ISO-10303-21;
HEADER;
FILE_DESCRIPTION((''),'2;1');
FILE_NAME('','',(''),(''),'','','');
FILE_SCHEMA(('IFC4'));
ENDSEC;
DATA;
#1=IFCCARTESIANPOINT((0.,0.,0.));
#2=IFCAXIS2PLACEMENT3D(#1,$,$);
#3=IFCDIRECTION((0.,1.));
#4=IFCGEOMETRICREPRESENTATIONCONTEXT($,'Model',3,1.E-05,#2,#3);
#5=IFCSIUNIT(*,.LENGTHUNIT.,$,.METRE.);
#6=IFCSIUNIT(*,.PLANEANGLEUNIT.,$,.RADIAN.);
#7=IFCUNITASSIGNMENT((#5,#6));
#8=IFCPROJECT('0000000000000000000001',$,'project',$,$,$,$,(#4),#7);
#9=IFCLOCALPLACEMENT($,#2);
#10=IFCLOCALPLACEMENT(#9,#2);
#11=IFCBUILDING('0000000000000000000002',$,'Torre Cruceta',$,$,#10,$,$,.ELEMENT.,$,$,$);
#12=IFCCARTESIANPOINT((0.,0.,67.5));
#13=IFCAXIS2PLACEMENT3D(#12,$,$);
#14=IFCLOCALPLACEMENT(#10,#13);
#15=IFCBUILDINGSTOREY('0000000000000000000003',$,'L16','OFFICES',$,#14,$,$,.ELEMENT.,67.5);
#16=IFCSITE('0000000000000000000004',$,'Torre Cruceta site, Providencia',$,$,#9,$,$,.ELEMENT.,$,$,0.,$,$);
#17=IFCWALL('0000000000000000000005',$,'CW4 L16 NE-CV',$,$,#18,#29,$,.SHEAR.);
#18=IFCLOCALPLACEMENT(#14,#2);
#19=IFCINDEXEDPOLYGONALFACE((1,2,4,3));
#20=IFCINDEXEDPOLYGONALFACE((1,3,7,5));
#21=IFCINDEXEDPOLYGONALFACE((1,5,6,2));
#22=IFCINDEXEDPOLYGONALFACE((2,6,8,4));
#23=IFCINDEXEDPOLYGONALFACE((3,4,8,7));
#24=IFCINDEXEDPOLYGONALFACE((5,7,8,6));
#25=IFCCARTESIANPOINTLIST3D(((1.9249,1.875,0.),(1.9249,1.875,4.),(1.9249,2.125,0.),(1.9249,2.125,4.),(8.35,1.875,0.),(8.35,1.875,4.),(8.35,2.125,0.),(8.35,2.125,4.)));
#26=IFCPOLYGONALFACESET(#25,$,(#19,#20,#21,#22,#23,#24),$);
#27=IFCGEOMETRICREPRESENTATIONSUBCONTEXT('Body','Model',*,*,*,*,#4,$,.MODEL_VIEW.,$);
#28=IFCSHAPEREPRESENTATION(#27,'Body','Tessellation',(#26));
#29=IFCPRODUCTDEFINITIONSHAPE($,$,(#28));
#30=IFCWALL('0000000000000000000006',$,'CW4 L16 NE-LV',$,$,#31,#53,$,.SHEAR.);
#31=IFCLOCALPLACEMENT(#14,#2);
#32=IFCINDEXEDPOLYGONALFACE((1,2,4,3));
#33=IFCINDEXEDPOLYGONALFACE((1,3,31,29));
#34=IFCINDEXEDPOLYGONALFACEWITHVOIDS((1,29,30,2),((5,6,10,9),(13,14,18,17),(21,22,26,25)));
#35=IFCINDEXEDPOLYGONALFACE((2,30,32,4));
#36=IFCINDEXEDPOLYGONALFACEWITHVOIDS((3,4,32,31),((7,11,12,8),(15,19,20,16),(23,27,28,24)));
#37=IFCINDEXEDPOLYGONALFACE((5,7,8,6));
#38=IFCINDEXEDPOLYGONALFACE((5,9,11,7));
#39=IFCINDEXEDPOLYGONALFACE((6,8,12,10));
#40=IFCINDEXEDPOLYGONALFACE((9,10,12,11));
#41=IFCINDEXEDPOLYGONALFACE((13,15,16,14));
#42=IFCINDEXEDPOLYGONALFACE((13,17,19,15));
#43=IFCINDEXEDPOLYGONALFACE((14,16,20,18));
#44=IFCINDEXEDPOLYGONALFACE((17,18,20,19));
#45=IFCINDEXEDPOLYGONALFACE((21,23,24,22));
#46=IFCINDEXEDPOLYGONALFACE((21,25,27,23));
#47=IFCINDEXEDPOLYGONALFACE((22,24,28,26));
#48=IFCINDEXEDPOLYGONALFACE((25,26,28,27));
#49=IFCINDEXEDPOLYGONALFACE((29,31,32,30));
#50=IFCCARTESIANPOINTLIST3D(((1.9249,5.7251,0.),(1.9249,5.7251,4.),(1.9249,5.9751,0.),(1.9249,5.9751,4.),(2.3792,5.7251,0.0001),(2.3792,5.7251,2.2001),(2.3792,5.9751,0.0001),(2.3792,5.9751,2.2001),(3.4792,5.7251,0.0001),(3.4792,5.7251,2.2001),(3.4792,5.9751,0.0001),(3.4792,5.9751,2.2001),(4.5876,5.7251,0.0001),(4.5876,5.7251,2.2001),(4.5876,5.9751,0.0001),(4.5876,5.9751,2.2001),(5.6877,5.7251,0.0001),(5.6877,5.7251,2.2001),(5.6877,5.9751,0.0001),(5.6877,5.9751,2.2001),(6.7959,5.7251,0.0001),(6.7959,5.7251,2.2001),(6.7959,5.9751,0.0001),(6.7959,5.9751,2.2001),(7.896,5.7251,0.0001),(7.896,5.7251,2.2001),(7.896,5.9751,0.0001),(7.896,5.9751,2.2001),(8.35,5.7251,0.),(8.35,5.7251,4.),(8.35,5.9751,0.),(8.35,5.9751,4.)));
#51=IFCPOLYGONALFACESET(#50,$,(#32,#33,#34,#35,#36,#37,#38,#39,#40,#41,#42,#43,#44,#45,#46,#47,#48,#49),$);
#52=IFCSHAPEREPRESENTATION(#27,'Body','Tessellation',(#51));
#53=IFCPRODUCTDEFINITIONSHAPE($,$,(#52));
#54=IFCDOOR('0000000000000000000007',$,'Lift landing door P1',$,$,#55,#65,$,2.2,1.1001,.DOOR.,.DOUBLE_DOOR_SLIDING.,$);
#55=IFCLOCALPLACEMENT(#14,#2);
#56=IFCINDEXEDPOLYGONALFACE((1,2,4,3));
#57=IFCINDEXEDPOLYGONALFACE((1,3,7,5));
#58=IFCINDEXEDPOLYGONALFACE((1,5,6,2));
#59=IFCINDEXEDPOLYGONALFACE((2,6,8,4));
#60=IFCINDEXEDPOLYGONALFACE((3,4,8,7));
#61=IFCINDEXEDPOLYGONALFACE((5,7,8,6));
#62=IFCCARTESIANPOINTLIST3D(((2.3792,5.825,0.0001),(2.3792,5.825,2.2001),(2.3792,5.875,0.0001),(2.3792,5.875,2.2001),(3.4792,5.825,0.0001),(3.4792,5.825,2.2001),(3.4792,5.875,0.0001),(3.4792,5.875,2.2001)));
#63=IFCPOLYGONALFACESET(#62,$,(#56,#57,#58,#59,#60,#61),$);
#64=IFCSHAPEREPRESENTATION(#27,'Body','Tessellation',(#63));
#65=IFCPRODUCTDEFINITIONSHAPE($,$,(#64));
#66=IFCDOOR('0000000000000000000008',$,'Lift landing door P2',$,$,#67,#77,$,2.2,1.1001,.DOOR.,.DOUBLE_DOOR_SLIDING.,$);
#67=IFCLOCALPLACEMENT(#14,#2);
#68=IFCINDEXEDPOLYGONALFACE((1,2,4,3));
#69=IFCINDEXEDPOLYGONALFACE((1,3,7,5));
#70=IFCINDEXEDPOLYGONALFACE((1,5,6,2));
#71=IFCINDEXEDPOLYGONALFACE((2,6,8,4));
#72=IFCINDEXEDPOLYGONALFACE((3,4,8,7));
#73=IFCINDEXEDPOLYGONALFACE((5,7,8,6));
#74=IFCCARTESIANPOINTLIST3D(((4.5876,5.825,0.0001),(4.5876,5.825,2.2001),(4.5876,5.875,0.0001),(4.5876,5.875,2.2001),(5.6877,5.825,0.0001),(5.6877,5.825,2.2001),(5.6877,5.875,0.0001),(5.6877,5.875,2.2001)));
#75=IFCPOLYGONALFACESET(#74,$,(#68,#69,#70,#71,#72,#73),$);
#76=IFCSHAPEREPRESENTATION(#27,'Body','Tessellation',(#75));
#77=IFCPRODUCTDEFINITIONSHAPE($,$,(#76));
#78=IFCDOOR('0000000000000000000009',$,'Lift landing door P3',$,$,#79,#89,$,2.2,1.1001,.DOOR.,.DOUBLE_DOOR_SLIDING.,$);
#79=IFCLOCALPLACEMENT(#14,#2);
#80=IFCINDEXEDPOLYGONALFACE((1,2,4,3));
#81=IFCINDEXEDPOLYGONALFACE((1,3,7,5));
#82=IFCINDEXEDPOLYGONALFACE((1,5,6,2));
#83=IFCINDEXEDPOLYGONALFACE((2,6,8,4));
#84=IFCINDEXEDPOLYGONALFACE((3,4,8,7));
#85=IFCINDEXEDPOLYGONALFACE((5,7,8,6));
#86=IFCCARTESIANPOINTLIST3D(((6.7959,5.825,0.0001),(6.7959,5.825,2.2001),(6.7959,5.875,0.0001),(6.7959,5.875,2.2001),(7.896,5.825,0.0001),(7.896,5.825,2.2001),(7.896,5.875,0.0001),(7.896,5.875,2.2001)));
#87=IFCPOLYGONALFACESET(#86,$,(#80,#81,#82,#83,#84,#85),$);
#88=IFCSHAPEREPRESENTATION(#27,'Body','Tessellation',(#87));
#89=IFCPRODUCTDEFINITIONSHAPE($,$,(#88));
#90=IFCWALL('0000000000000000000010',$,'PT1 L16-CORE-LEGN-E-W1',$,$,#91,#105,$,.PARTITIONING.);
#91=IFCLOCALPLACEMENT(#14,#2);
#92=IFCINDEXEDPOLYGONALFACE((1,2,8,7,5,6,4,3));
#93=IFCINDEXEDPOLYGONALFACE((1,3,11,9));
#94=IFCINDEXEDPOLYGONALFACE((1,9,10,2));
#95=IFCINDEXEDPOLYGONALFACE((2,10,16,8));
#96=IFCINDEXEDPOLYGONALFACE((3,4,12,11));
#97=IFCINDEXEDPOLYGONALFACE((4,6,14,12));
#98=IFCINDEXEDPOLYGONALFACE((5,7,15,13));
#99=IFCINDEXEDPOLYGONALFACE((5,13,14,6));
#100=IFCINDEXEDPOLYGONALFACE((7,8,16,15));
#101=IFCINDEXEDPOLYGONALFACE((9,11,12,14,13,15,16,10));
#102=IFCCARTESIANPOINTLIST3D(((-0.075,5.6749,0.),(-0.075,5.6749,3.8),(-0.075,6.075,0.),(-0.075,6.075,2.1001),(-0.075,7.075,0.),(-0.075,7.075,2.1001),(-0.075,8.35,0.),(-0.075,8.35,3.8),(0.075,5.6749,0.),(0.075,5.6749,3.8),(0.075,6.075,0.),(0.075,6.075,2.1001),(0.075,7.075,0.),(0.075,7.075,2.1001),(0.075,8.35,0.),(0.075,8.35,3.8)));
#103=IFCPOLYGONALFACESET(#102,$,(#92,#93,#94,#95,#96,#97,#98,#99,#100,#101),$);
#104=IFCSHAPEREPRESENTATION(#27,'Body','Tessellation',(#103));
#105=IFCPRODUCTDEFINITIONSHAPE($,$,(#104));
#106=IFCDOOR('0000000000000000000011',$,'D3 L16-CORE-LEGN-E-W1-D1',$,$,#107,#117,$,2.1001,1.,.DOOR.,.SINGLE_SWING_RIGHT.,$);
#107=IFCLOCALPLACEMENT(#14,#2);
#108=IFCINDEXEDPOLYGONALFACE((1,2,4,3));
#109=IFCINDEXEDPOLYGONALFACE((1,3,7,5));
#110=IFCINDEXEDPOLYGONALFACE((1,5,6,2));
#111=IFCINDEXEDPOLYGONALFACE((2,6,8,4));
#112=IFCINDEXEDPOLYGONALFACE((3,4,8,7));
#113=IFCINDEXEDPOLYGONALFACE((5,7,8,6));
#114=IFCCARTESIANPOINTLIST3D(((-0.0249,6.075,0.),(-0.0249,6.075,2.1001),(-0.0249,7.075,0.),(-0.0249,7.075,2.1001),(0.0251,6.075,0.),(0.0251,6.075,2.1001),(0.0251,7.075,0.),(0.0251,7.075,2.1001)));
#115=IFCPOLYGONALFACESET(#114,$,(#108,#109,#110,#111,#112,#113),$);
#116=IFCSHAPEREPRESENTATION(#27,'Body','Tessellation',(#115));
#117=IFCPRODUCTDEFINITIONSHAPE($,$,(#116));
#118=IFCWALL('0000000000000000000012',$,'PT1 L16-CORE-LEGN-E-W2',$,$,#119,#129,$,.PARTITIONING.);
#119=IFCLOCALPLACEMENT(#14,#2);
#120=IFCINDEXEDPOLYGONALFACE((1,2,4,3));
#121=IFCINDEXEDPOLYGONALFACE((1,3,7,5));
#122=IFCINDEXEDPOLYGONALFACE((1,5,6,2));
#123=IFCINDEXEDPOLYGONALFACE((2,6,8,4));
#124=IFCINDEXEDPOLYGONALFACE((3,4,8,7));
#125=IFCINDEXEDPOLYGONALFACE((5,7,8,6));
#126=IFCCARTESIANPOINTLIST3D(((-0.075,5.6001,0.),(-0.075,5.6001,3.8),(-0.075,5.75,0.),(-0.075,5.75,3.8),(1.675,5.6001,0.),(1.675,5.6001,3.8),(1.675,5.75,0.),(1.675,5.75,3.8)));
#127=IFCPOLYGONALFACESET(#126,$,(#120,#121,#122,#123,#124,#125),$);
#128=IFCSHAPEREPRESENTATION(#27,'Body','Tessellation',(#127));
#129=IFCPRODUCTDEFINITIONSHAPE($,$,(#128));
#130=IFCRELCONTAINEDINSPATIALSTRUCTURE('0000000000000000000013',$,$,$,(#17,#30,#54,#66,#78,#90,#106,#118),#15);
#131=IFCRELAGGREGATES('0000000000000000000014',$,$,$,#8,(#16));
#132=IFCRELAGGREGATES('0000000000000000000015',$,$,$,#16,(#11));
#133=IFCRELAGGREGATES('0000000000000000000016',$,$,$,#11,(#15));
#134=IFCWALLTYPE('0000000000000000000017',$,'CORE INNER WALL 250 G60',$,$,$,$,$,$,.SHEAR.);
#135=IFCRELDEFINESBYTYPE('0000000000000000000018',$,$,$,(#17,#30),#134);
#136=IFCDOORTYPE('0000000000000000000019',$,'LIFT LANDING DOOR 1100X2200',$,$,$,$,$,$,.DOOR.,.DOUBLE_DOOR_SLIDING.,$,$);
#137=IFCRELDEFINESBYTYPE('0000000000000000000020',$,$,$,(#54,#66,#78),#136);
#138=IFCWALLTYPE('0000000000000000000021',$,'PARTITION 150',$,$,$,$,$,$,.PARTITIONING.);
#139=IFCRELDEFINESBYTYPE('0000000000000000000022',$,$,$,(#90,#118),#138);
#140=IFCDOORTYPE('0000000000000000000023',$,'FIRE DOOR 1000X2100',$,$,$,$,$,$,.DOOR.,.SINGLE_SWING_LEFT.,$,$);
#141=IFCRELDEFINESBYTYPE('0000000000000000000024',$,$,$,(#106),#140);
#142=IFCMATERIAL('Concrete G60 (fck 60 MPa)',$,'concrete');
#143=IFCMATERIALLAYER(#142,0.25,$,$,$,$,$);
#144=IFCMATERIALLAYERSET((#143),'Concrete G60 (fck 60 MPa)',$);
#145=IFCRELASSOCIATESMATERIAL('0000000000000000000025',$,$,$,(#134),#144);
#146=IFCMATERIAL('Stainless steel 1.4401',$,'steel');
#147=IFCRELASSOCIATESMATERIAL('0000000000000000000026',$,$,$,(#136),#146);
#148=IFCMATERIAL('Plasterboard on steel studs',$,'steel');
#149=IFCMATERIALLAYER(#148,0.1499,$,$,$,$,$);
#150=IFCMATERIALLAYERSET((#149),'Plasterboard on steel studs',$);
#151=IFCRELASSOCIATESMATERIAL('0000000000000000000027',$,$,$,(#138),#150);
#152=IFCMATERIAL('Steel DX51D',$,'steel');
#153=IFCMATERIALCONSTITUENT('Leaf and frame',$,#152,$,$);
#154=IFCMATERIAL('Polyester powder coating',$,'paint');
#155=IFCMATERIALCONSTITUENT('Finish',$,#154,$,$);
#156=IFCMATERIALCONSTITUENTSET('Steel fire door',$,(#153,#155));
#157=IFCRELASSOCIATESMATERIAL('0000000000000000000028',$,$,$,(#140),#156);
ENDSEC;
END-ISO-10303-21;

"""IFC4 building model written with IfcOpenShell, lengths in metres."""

from ifc_helpers import new_model, si_unit, direction, frame, frame_2d, origin, place, context, subcontext, project, spatial, rectangle, extrude, material, layer, layer_set, constituent, constituent_set, type_object, element, fill, save


model = new_model("IFC4")

# Units and contexts
model_context = context("Model", 3, precision=1e-05, world=origin(), true_north=direction((0.0, 1.0)))
body_context = subcontext(model_context, "Body", "Model", "MODEL_VIEW")
ifc_project = project(units=[si_unit("LENGTHUNIT", "METRE"), si_unit("PLANEANGLEUNIT", "RADIAN")], contexts=[model_context])

# Site, building, storey
site_placement = place(None, origin())
site = spatial("IfcSite", under=ifc_project, at=site_placement, Name="Torre Cruceta site, Providencia", CompositionType="ELEMENT", RefElevation=0.0)
building_placement = place(site_placement, origin())
building = spatial("IfcBuilding", under=site, at=building_placement, Name="Torre Cruceta", CompositionType="ELEMENT")
storey_placement = place(building_placement, frame((0.0, 0.0, 67.5)))
storey = spatial("IfcBuildingStorey", under=building, at=storey_placement, Name="L16", Description="OFFICES", CompositionType="ELEMENT", Elevation=67.5)

# Shared definitions
ifc_material_1 = material(Name="Concrete G60 (fck 60 MPa)", Category="concrete")
ifc_layer_1 = layer(ifc_material_1, 0.25)
ifc_layer_set_1 = layer_set([ifc_layer_1], Name="Concrete G60 (fck 60 MPa)")
wall_type_1 = type_object("IfcWallType", Name="CORE INNER WALL 250 G60", PredefinedType="SHEAR", material=ifc_layer_set_1)

# Wall
wall_1_placement = place(storey_placement, frame((1.925, 2.0, 0.0), z_axis=(0.0, 0.0, 1.0), x_axis=(1.0, 0.0, 0.0)))
element("IfcWall", 1, at=wall_1_placement, inside=storey, type_object=wall_type_1, Name="CW4 L16 NE-CV", PredefinedType="SHEAR", context=body_context, shape_type="SweptSolid", body=[
    extrude(rectangle(XDim=6.425, YDim=0.25, at=frame_2d((3.2124, 0.0))), origin(), (0.0, 0.0, 1.0), 4.0),
])

# Wall, openings, doors
wall_2_placement = place(storey_placement, frame((1.925, 5.8501, 0.0), z_axis=(0.0, 0.0, 1.0), x_axis=(1.0, 0.0, 0.0)))
wall_2 = element("IfcWall", 2, at=wall_2_placement, inside=storey, type_object=wall_type_1, Name="CW4 L16 NE-LV", PredefinedType="SHEAR", context=body_context, shape_type="SweptSolid", body=[
    extrude(rectangle(XDim=6.425, YDim=0.25, at=frame_2d((3.2124, 0.0))), origin(), (0.0, 0.0, 1.0), 4.0),
])
opening_1_placement = place(wall_2_placement, frame((0.4541, 0.0, 0.0)))
opening_1 = element("IfcOpeningElement", 3, at=opening_1_placement, cuts=wall_2, PredefinedType="OPENING", context=body_context, shape_type="SweptSolid", body=[
    extrude(rectangle(XDim=1.1001, YDim=2.2, at=frame_2d((0.55, 1.1001))), frame((0.0, 0.135, 0.0), z_axis=(0.0, -1.0, 0.0), x_axis=(1.0, 0.0, 0.0)), (0.0, 0.0, 1.0), 0.27),
])
opening_2_placement = place(wall_2_placement, frame((2.6626, 0.0, 0.0)))
opening_2 = element("IfcOpeningElement", 4, at=opening_2_placement, cuts=wall_2, PredefinedType="OPENING", context=body_context, shape_type="SweptSolid", body=[
    extrude(rectangle(XDim=1.1001, YDim=2.2, at=frame_2d((0.55, 1.1001))), frame((0.0, 0.135, 0.0), z_axis=(0.0, -1.0, 0.0), x_axis=(1.0, 0.0, 0.0)), (0.0, 0.0, 1.0), 0.27),
])
opening_3_placement = place(wall_2_placement, frame((4.8708, 0.0, 0.0)))
opening_3 = element("IfcOpeningElement", 5, at=opening_3_placement, cuts=wall_2, PredefinedType="OPENING", context=body_context, shape_type="SweptSolid", body=[
    extrude(rectangle(XDim=1.1001, YDim=2.2, at=frame_2d((0.55, 1.1001))), frame((0.0, 0.135, 0.0), z_axis=(0.0, -1.0, 0.0), x_axis=(1.0, 0.0, 0.0)), (0.0, 0.0, 1.0), 0.27),
])
ifc_material_2 = material(Name="Stainless steel 1.4401", Category="steel")
door_type_1 = type_object("IfcDoorType", Name="LIFT LANDING DOOR 1100X2200", OperationType="DOUBLE_DOOR_SLIDING", PredefinedType="DOOR", material=ifc_material_2)
door_1_placement = place(opening_1_placement, origin())
door_1 = element("IfcDoor", 6, at=door_1_placement, inside=storey, type_object=door_type_1, Name="Lift landing door P1", OperationType="DOUBLE_DOOR_SLIDING", OverallHeight=2.2, OverallWidth=1.1001, PredefinedType="DOOR", context=body_context, shape_type="SweptSolid", body=[
    extrude(rectangle(XDim=1.1001, YDim=2.2, at=frame_2d((0.55, 1.1001))), frame((0.0, 0.0249, 0.0), z_axis=(0.0, -1.0, 0.0), x_axis=(1.0, 0.0, 0.0)), (0.0, 0.0, 1.0), 0.05),
])
fill(opening_1, door_1)
door_2_placement = place(opening_2_placement, origin())
door_2 = element("IfcDoor", 7, at=door_2_placement, inside=storey, type_object=door_type_1, Name="Lift landing door P2", OperationType="DOUBLE_DOOR_SLIDING", OverallHeight=2.2, OverallWidth=1.1001, PredefinedType="DOOR", context=body_context, shape_type="SweptSolid", body=[
    extrude(rectangle(XDim=1.1001, YDim=2.2, at=frame_2d((0.55, 1.1001))), frame((0.0, 0.0249, 0.0), z_axis=(0.0, -1.0, 0.0), x_axis=(1.0, 0.0, 0.0)), (0.0, 0.0, 1.0), 0.05),
])
fill(opening_2, door_2)
door_3_placement = place(opening_3_placement, origin())
door_3 = element("IfcDoor", 8, at=door_3_placement, inside=storey, type_object=door_type_1, Name="Lift landing door P3", OperationType="DOUBLE_DOOR_SLIDING", OverallHeight=2.2, OverallWidth=1.1001, PredefinedType="DOOR", context=body_context, shape_type="SweptSolid", body=[
    extrude(rectangle(XDim=1.1001, YDim=2.2, at=frame_2d((0.55, 1.1001))), frame((0.0, 0.0249, 0.0), z_axis=(0.0, -1.0, 0.0), x_axis=(1.0, 0.0, 0.0)), (0.0, 0.0, 1.0), 0.05),
])
fill(opening_3, door_3)

# Wall, opening, door
ifc_material_3 = material(Name="Plasterboard on steel studs", Category="steel")
ifc_layer_2 = layer(ifc_material_3, 0.1499)
ifc_layer_set_2 = layer_set([ifc_layer_2], Name="Plasterboard on steel studs")
wall_type_2 = type_object("IfcWallType", Name="PARTITION 150", PredefinedType="PARTITIONING", material=ifc_layer_set_2)
wall_3_placement = place(storey_placement, frame((0.0, 5.675, 0.0), z_axis=(0.0, 0.0, 1.0), x_axis=(0.0, 1.0, 0.0)))
wall_3 = element("IfcWall", 9, at=wall_3_placement, inside=storey, type_object=wall_type_2, Name="PT1 L16-CORE-LEGN-E-W1", PredefinedType="PARTITIONING", context=body_context, shape_type="SweptSolid", body=[
    extrude(rectangle(XDim=2.675, YDim=0.1499, at=frame_2d((1.3374, 0.0))), origin(), (0.0, 0.0, 1.0), 3.8),
])
opening_4_placement = place(wall_3_placement, frame((0.3999, 0.0, 0.0)))
opening_4 = element("IfcOpeningElement", 10, at=opening_4_placement, cuts=wall_3, PredefinedType="OPENING", context=body_context, shape_type="SweptSolid", body=[
    extrude(rectangle(XDim=1.0, YDim=2.1001, at=frame_2d((0.5, 1.05))), frame((0.0, 0.085, 0.0), z_axis=(0.0, -1.0, 0.0), x_axis=(1.0, 0.0, 0.0)), (0.0, 0.0, 1.0), 0.1699),
])
ifc_material_4 = material(Name="Steel DX51D", Category="steel")
ifc_constituent_1 = constituent(ifc_material_4, Name="Leaf and frame")
ifc_material_5 = material(Name="Polyester powder coating", Category="paint")
ifc_constituent_2 = constituent(ifc_material_5, Name="Finish")
ifc_constituent_set_1 = constituent_set(constituents=[ifc_constituent_1, ifc_constituent_2], Name="Steel fire door")
door_type_2 = type_object("IfcDoorType", Name="FIRE DOOR 1000X2100", OperationType="SINGLE_SWING_LEFT", PredefinedType="DOOR", material=ifc_constituent_set_1)
door_4_placement = place(opening_4_placement, frame((1.0, 0.0, 0.0), z_axis=(0.0, 0.0, 1.0), x_axis=(-1.0, 0.0, 0.0)))
door_4 = element("IfcDoor", 11, at=door_4_placement, inside=storey, type_object=door_type_2, Name="D3 L16-CORE-LEGN-E-W1-D1", OperationType="SINGLE_SWING_RIGHT", OverallHeight=2.1001, OverallWidth=1.0, PredefinedType="DOOR", context=body_context, shape_type="SweptSolid", body=[
    extrude(rectangle(XDim=1.0, YDim=2.1001, at=frame_2d((0.5, 1.05))), frame((0.0, 0.0251, 0.0), z_axis=(0.0, -1.0, 0.0), x_axis=(1.0, 0.0, 0.0)), (0.0, 0.0, 1.0), 0.05),
])
fill(opening_4, door_4)

# Wall
wall_4_placement = place(storey_placement, frame((1.675, 5.675, 0.0), z_axis=(0.0, 0.0, 1.0), x_axis=(-1.0, 0.0, 0.0)))
element("IfcWall", 12, at=wall_4_placement, inside=storey, type_object=wall_type_2, Name="PT1 L16-CORE-LEGN-E-W2", PredefinedType="PARTITIONING", context=body_context, shape_type="SweptSolid", body=[
    extrude(rectangle(XDim=1.75, YDim=0.1499, at=frame_2d((0.875, 0.0))), origin(), (0.0, 0.0, 1.0), 3.8),
])

save(model, "model.ifc")
